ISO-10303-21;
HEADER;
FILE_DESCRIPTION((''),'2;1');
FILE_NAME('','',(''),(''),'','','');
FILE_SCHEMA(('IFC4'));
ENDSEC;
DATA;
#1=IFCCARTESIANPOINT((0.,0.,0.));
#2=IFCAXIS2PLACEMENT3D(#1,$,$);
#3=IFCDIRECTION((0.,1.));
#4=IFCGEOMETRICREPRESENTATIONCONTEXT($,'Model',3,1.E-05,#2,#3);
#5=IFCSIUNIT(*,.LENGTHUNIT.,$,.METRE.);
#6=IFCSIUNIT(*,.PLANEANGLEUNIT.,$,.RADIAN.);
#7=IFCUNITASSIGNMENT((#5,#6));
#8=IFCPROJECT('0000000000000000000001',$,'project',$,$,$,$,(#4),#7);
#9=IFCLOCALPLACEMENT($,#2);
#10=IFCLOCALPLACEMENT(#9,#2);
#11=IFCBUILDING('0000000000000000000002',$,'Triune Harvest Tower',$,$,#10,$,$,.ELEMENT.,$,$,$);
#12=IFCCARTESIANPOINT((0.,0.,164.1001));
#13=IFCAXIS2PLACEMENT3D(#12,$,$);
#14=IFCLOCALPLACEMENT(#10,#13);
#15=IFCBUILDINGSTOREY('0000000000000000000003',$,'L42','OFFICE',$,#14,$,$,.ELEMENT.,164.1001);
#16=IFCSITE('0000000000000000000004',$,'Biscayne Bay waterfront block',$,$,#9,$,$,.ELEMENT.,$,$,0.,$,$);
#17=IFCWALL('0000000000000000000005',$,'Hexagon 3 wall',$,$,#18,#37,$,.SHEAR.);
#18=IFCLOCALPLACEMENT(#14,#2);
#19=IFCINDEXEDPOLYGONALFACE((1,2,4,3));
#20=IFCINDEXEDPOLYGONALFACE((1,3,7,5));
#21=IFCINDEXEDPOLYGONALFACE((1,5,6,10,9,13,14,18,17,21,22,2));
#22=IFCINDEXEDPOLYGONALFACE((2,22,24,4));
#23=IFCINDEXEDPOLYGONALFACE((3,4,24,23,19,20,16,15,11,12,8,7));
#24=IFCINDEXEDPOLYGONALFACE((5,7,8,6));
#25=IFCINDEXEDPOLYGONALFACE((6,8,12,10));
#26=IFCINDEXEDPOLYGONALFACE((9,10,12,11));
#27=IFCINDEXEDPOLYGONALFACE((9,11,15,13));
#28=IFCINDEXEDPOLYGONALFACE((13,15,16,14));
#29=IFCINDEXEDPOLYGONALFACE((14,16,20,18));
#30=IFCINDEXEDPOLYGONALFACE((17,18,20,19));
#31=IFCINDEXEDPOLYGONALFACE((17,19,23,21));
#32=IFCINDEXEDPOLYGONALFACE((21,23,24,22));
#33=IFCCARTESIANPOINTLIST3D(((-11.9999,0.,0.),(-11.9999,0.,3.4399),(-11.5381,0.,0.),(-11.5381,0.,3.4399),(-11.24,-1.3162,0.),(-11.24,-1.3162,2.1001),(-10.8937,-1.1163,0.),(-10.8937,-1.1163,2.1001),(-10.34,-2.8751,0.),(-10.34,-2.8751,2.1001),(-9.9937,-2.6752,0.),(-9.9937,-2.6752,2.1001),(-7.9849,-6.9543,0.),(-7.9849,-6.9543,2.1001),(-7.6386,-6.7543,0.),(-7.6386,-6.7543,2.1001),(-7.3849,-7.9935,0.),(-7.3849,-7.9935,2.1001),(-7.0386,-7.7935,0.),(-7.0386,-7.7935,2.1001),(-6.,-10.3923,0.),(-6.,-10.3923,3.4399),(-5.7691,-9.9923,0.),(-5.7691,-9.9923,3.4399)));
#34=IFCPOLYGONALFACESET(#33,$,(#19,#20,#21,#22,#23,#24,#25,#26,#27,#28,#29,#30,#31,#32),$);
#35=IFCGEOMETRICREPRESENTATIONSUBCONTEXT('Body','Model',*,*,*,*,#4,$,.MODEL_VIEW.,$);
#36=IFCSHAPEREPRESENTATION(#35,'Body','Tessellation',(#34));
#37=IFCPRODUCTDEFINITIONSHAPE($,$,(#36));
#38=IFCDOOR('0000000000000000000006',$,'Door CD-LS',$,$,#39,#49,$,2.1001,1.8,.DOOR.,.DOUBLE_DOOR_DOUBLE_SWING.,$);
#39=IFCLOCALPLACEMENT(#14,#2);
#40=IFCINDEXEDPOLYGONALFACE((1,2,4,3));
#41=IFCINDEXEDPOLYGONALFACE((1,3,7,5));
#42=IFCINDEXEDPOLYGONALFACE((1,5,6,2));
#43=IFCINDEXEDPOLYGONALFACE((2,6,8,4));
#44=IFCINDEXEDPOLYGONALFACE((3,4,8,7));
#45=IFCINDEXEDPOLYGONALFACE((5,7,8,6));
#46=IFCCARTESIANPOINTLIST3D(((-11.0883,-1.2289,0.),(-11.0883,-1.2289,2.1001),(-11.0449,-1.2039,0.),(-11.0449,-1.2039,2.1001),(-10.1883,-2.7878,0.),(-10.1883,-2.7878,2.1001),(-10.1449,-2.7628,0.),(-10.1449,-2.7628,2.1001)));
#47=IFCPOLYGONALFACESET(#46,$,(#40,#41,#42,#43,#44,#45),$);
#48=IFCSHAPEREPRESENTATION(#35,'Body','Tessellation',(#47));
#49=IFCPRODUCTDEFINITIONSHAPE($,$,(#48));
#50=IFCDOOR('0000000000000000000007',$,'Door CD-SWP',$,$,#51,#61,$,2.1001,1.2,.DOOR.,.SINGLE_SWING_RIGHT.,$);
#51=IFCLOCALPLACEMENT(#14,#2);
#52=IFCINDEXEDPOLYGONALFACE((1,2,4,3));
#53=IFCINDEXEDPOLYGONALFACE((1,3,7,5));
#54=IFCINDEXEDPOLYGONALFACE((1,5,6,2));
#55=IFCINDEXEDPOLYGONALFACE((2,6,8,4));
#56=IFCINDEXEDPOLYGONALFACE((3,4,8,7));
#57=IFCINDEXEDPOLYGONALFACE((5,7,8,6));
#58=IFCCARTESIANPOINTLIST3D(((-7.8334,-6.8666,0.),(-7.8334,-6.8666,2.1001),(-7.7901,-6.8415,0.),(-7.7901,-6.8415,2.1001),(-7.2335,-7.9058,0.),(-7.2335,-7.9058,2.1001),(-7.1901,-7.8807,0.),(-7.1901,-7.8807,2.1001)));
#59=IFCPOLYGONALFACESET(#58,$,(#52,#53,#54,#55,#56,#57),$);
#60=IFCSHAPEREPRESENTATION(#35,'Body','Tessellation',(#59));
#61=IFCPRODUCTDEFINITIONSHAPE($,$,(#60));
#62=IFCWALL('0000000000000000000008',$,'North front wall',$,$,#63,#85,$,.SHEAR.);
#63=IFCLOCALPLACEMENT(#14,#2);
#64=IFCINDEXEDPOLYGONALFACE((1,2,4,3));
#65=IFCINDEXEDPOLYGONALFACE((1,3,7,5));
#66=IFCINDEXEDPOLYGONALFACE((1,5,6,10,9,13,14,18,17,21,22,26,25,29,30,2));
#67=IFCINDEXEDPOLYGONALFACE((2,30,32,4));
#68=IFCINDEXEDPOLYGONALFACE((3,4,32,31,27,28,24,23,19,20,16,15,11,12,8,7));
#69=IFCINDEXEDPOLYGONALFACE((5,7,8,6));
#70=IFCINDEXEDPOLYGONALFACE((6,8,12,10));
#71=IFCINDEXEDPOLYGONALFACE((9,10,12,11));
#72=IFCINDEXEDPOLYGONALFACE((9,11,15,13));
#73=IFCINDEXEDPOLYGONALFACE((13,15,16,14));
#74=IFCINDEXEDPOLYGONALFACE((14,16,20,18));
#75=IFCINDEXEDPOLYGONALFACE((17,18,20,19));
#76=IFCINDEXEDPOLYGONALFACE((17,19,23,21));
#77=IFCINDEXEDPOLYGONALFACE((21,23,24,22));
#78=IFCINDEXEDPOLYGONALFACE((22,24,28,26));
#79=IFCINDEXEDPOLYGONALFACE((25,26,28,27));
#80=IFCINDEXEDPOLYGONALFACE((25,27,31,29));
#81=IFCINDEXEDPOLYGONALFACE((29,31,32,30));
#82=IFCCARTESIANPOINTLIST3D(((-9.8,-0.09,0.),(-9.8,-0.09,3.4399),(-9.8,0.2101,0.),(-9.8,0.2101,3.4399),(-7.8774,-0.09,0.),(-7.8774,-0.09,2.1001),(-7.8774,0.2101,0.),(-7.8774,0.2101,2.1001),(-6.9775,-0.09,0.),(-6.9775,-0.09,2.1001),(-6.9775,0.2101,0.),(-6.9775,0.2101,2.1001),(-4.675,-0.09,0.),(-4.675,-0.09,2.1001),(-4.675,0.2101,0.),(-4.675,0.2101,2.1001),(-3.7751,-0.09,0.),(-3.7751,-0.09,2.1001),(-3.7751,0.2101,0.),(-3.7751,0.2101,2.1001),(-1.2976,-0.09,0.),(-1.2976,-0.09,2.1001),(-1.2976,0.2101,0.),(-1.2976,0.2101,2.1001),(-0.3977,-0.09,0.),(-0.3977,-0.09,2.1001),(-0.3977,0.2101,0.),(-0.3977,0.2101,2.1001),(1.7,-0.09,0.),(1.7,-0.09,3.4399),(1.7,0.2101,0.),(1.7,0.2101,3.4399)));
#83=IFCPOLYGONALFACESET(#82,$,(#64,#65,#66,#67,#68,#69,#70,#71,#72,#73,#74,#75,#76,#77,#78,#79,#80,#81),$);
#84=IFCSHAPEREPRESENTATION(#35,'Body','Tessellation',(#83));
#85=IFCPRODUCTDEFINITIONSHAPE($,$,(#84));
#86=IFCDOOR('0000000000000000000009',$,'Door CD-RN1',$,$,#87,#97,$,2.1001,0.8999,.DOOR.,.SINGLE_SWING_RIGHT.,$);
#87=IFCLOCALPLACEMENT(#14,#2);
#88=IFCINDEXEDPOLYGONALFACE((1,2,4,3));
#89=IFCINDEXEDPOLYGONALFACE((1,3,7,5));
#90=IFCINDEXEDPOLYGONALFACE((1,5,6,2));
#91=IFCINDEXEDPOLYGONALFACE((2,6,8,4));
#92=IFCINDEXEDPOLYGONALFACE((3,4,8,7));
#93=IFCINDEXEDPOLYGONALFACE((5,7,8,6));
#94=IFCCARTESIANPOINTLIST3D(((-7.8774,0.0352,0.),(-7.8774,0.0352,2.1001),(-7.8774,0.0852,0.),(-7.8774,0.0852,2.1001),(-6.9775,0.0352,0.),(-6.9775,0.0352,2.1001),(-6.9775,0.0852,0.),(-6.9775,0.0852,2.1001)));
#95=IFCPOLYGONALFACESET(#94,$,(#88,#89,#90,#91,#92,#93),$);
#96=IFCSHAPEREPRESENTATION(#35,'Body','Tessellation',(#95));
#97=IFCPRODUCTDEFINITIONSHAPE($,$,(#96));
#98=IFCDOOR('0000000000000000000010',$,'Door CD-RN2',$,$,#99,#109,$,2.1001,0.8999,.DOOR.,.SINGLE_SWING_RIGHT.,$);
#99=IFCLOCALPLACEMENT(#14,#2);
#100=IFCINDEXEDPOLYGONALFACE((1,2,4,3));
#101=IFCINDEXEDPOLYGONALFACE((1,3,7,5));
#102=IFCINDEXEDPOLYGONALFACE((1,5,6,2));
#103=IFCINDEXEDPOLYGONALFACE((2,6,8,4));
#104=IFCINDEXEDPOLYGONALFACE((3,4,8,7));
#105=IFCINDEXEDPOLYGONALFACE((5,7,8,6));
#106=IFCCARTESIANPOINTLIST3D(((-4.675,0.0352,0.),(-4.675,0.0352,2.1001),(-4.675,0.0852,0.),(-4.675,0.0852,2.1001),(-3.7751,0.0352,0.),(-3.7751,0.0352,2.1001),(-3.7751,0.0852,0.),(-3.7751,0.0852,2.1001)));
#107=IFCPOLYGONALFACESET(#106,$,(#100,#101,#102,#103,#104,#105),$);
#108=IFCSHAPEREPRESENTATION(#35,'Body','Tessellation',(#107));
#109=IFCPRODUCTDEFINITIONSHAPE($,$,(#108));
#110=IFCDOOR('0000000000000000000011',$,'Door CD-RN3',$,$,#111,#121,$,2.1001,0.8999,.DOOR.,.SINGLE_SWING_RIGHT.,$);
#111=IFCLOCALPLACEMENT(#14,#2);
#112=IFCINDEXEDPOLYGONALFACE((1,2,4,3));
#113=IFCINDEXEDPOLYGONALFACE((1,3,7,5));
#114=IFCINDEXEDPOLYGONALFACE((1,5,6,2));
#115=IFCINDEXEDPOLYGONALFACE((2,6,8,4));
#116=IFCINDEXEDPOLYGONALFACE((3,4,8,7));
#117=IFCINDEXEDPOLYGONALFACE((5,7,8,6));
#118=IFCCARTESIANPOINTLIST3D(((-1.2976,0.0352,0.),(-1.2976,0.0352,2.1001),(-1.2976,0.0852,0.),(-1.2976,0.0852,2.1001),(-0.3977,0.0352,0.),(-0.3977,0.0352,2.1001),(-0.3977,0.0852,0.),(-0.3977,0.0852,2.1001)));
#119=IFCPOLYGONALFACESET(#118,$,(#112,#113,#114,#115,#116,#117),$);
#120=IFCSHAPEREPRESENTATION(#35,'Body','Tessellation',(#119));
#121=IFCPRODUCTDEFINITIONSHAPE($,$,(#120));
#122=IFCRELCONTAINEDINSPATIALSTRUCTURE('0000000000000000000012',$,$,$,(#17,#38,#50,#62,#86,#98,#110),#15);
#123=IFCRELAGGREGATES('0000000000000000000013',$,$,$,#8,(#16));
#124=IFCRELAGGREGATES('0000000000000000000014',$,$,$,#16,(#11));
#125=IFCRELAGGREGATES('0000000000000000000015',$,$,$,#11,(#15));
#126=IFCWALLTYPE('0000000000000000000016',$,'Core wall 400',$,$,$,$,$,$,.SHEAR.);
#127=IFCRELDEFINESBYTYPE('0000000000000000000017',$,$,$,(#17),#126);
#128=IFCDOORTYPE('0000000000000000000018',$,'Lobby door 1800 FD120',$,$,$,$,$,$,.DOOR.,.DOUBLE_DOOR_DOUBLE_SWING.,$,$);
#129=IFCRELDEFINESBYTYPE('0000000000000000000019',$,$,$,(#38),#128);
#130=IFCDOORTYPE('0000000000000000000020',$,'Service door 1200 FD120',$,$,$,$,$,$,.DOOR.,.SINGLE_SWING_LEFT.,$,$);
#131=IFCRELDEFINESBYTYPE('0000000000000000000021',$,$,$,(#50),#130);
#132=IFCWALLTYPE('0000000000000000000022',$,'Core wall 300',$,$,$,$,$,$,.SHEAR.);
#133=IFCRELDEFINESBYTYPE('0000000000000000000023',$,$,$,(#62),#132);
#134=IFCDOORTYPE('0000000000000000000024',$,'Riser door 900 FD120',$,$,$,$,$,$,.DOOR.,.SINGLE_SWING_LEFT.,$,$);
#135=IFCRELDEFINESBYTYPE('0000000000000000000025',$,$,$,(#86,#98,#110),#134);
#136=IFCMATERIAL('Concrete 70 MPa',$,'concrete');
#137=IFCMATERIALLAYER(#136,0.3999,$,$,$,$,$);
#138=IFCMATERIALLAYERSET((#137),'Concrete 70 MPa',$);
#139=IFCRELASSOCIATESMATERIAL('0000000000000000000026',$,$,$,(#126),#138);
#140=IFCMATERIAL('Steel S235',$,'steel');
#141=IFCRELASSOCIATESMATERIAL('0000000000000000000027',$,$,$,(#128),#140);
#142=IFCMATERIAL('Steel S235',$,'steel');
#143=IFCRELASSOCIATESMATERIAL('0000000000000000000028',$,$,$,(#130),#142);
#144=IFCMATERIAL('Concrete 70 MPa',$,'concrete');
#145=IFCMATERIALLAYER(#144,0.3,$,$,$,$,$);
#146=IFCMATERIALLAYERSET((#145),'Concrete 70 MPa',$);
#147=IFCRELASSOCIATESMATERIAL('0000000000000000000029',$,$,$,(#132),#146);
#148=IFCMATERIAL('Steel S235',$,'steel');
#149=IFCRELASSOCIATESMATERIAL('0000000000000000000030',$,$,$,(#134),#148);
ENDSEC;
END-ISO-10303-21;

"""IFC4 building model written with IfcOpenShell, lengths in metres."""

from ifc_helpers import new_model, si_unit, direction, frame, frame_2d, origin, place, context, subcontext, project, spatial, polyline, rectangle, outline, extrude, source, transform, mapped, material, layer, layer_set, type_object, element, fill, save


model = new_model("IFC4")

# Units and contexts
model_context = context("Model", 3, precision=1e-05, world=origin(), true_north=direction((0.0, 1.0)))
body_context = subcontext(model_context, "Body", "Model", "MODEL_VIEW")
ifc_project = project(units=[si_unit("LENGTHUNIT", "METRE"), si_unit("PLANEANGLEUNIT", "RADIAN")], contexts=[model_context])

# Site, building, storey
site_placement = place(None, origin())
site = spatial("IfcSite", under=ifc_project, at=site_placement, Name="Biscayne Bay waterfront block", CompositionType="ELEMENT", RefElevation=0.0)
building_placement = place(site_placement, origin())
building = spatial("IfcBuilding", under=site, at=building_placement, Name="Triune Harvest Tower", CompositionType="ELEMENT")
storey_placement = place(building_placement, frame((0.0, 0.0, 164.1001)))
storey = spatial("IfcBuildingStorey", under=building, at=storey_placement, Name="L42", Description="OFFICE", CompositionType="ELEMENT", Elevation=164.1001)

# Walls, openings, doors
ifc_material_1 = material(Name="Concrete 70 MPa", Category="concrete")
ifc_layer_1 = layer(ifc_material_1, 0.3999)
ifc_layer_set_1 = layer_set([ifc_layer_1], Name="Concrete 70 MPa")
wall_type_1 = type_object("IfcWallType", Name="Core wall 400", PredefinedType="SHEAR", material=ifc_layer_set_1)
shared_shape_1 = source(origin(), body_context, "Body", "SweptSolid", [
    extrude(outline(polyline([(-0.1155, -0.2), (11.8845, -0.2), (11.6536, 0.2), (0.1155, 0.2), (-0.1155, -0.2)])), origin(), (0.0, 0.0, 1.0), 3.4399),
])
wall_1_placement = place(storey_placement, frame((-11.769, 0.0, 0.0), z_axis=(0.0, 0.0, 1.0), x_axis=(0.499997, -0.866027, 0.0)))
wall_1 = element("IfcWall", 1, at=wall_1_placement, inside=storey, type_object=wall_type_1, Name="Hexagon 3 wall", PredefinedType="SHEAR", context=body_context, shape_type="MappedRepresentation", body=[
    mapped(shared_shape_1, transform((0.0, 0.0, 0.0), scale=1.0)),
])
opening_1_placement = place(wall_1_placement, frame((1.4045, 0.0, 0.0)))
opening_1 = element("IfcOpeningElement", 2, at=opening_1_placement, cuts=wall_1, PredefinedType="OPENING", context=body_context, shape_type="SweptSolid", body=[
    extrude(rectangle(XDim=1.8, YDim=2.1001, at=frame_2d((0.8999, 1.05))), frame((0.0, 0.21, 0.0), z_axis=(0.0, -1.0, 0.0), x_axis=(1.0, 0.0, 0.0)), (0.0, 0.0, 1.0), 0.4199),
])
opening_2_placement = place(wall_1_placement, frame((7.9146, 0.0, 0.0)))
opening_2 = element("IfcOpeningElement", 3, at=opening_2_placement, cuts=wall_1, PredefinedType="OPENING", context=body_context, shape_type="SweptSolid", body=[
    extrude(rectangle(XDim=1.2, YDim=2.1001, at=frame_2d((0.6001, 1.05))), frame((0.0, 0.21, 0.0), z_axis=(0.0, -1.0, 0.0), x_axis=(1.0, 0.0, 0.0)), (0.0, 0.0, 1.0), 0.4199),
])
ifc_material_2 = material(Name="Steel S235", Category="steel")
door_type_1 = type_object("IfcDoorType", Name="Lobby door 1800 FD120", OperationType="DOUBLE_DOOR_DOUBLE_SWING", PredefinedType="DOOR", material=ifc_material_2)
door_1_placement = place(opening_1_placement, frame((1.8, 0.0, 0.0), z_axis=(0.0, 0.0, 1.0), x_axis=(-1.0, 0.0, 0.0)))
door_1 = element("IfcDoor", 4, at=door_1_placement, inside=storey, type_object=door_type_1, Name="Door CD-LS", OperationType="DOUBLE_DOOR_DOUBLE_SWING", OverallHeight=2.1001, OverallWidth=1.8, PredefinedType="DOOR", context=body_context, shape_type="SweptSolid", body=[
    extrude(rectangle(XDim=1.8, YDim=2.1001, at=frame_2d((0.8999, 1.05))), frame((0.0, 0.0249, 0.0), z_axis=(0.0, -1.0, 0.0), x_axis=(1.0, 0.0, 0.0)), (0.0, 0.0, 1.0), 0.05),
])
fill(opening_1, door_1)
ifc_material_3 = material(Name="Steel S235", Category="steel")
door_type_2 = type_object("IfcDoorType", Name="Service door 1200 FD120", OperationType="SINGLE_SWING_LEFT", PredefinedType="DOOR", material=ifc_material_3)
door_2_placement = place(opening_2_placement, frame((1.2, 0.0, 0.0), z_axis=(0.0, 0.0, 1.0), x_axis=(-1.0, 0.0, 0.0)))
door_2 = element("IfcDoor", 5, at=door_2_placement, inside=storey, type_object=door_type_2, Name="Door CD-SWP", OperationType="SINGLE_SWING_RIGHT", OverallHeight=2.1001, OverallWidth=1.2, PredefinedType="DOOR", context=body_context, shape_type="SweptSolid", body=[
    extrude(rectangle(XDim=1.2, YDim=2.1001, at=frame_2d((0.6001, 1.05))), frame((0.0, 0.0249, 0.0), z_axis=(0.0, -1.0, 0.0), x_axis=(1.0, 0.0, 0.0)), (0.0, 0.0, 1.0), 0.05),
])
fill(opening_2, door_2)
ifc_material_4 = material(Name="Concrete 70 MPa", Category="concrete")
ifc_layer_2 = layer(ifc_material_4, 0.3)
ifc_layer_set_2 = layer_set([ifc_layer_2], Name="Concrete 70 MPa")
wall_type_2 = type_object("IfcWallType", Name="Core wall 300", PredefinedType="SHEAR", material=ifc_layer_set_2)
shared_shape_2 = source(origin(), body_context, "Body", "SweptSolid", [
    extrude(rectangle(XDim=11.5, YDim=0.3, at=frame_2d((5.75, 0.0))), origin(), (0.0, 0.0, 1.0), 3.4399),
])
wall_2_placement = place(storey_placement, frame((-9.8, 0.0601, 0.0), z_axis=(0.0, 0.0, 1.0), x_axis=(1.0, 0.0, 0.0)))
wall_2 = element("IfcWall", 6, at=wall_2_placement, inside=storey, type_object=wall_type_2, Name="North front wall", PredefinedType="SHEAR", context=body_context, shape_type="MappedRepresentation", body=[
    mapped(shared_shape_2, transform((0.0, 0.0, 0.0), scale=1.0)),
])
opening_3_placement = place(wall_2_placement, frame((1.9226, 0.0, 0.0)))
opening_3 = element("IfcOpeningElement", 7, at=opening_3_placement, cuts=wall_2, PredefinedType="OPENING", context=body_context, shape_type="SweptSolid", body=[
    extrude(rectangle(XDim=0.8999, YDim=2.1001, at=frame_2d((0.45, 1.05))), frame((0.0, 0.1602, 0.0), z_axis=(0.0, -1.0, 0.0), x_axis=(1.0, 0.0, 0.0)), (0.0, 0.0, 1.0), 0.3201),
])
opening_4_placement = place(wall_2_placement, frame((5.125, 0.0, 0.0)))
opening_4 = element("IfcOpeningElement", 8, at=opening_4_placement, cuts=wall_2, PredefinedType="OPENING", context=body_context, shape_type="SweptSolid", body=[
    extrude(rectangle(XDim=0.8999, YDim=2.1001, at=frame_2d((0.45, 1.05))), frame((0.0, 0.1602, 0.0), z_axis=(0.0, -1.0, 0.0), x_axis=(1.0, 0.0, 0.0)), (0.0, 0.0, 1.0), 0.3201),
])
opening_5_placement = place(wall_2_placement, frame((8.5024, 0.0, 0.0)))
opening_5 = element("IfcOpeningElement", 9, at=opening_5_placement, cuts=wall_2, PredefinedType="OPENING", context=body_context, shape_type="SweptSolid", body=[
    extrude(rectangle(XDim=0.8999, YDim=2.1001, at=frame_2d((0.45, 1.05))), frame((0.0, 0.1602, 0.0), z_axis=(0.0, -1.0, 0.0), x_axis=(1.0, 0.0, 0.0)), (0.0, 0.0, 1.0), 0.3201),
])
ifc_material_5 = material(Name="Steel S235", Category="steel")
door_type_3 = type_object("IfcDoorType", Name="Riser door 900 FD120", OperationType="SINGLE_SWING_LEFT", PredefinedType="DOOR", material=ifc_material_5)
door_3_placement = place(opening_3_placement, frame((0.8999, 0.0, 0.0), z_axis=(0.0, 0.0, 1.0), x_axis=(-1.0, 0.0, 0.0)))
door_3 = element("IfcDoor", 10, at=door_3_placement, inside=storey, type_object=door_type_3, Name="Door CD-RN1", OperationType="SINGLE_SWING_RIGHT", OverallHeight=2.1001, OverallWidth=0.8999, PredefinedType="DOOR", context=body_context, shape_type="SweptSolid", body=[
    extrude(rectangle(XDim=0.8999, YDim=2.1001, at=frame_2d((0.45, 1.05))), frame((0.0, 0.0249, 0.0), z_axis=(0.0, -1.0, 0.0), x_axis=(1.0, 0.0, 0.0)), (0.0, 0.0, 1.0), 0.05),
])
fill(opening_3, door_3)
door_4_placement = place(opening_4_placement, frame((0.8999, 0.0, 0.0), z_axis=(0.0, 0.0, 1.0), x_axis=(-1.0, 0.0, 0.0)))
door_4 = element("IfcDoor", 11, at=door_4_placement, inside=storey, type_object=door_type_3, Name="Door CD-RN2", OperationType="SINGLE_SWING_RIGHT", OverallHeight=2.1001, OverallWidth=0.8999, PredefinedType="DOOR", context=body_context, shape_type="SweptSolid", body=[
    extrude(rectangle(XDim=0.8999, YDim=2.1001, at=frame_2d((0.45, 1.05))), frame((0.0, 0.0249, 0.0), z_axis=(0.0, -1.0, 0.0), x_axis=(1.0, 0.0, 0.0)), (0.0, 0.0, 1.0), 0.05),
])
fill(opening_4, door_4)
door_5_placement = place(opening_5_placement, frame((0.8999, 0.0, 0.0), z_axis=(0.0, 0.0, 1.0), x_axis=(-1.0, 0.0, 0.0)))
door_5 = element("IfcDoor", 12, at=door_5_placement, inside=storey, type_object=door_type_3, Name="Door CD-RN3", OperationType="SINGLE_SWING_RIGHT", OverallHeight=2.1001, OverallWidth=0.8999, PredefinedType="DOOR", context=body_context, shape_type="SweptSolid", body=[
    extrude(rectangle(XDim=0.8999, YDim=2.1001, at=frame_2d((0.45, 1.05))), frame((0.0, 0.0249, 0.0), z_axis=(0.0, -1.0, 0.0), x_axis=(1.0, 0.0, 0.0)), (0.0, 0.0, 1.0), 0.05),
])
fill(opening_5, door_5)

save(model, "model.ifc")
